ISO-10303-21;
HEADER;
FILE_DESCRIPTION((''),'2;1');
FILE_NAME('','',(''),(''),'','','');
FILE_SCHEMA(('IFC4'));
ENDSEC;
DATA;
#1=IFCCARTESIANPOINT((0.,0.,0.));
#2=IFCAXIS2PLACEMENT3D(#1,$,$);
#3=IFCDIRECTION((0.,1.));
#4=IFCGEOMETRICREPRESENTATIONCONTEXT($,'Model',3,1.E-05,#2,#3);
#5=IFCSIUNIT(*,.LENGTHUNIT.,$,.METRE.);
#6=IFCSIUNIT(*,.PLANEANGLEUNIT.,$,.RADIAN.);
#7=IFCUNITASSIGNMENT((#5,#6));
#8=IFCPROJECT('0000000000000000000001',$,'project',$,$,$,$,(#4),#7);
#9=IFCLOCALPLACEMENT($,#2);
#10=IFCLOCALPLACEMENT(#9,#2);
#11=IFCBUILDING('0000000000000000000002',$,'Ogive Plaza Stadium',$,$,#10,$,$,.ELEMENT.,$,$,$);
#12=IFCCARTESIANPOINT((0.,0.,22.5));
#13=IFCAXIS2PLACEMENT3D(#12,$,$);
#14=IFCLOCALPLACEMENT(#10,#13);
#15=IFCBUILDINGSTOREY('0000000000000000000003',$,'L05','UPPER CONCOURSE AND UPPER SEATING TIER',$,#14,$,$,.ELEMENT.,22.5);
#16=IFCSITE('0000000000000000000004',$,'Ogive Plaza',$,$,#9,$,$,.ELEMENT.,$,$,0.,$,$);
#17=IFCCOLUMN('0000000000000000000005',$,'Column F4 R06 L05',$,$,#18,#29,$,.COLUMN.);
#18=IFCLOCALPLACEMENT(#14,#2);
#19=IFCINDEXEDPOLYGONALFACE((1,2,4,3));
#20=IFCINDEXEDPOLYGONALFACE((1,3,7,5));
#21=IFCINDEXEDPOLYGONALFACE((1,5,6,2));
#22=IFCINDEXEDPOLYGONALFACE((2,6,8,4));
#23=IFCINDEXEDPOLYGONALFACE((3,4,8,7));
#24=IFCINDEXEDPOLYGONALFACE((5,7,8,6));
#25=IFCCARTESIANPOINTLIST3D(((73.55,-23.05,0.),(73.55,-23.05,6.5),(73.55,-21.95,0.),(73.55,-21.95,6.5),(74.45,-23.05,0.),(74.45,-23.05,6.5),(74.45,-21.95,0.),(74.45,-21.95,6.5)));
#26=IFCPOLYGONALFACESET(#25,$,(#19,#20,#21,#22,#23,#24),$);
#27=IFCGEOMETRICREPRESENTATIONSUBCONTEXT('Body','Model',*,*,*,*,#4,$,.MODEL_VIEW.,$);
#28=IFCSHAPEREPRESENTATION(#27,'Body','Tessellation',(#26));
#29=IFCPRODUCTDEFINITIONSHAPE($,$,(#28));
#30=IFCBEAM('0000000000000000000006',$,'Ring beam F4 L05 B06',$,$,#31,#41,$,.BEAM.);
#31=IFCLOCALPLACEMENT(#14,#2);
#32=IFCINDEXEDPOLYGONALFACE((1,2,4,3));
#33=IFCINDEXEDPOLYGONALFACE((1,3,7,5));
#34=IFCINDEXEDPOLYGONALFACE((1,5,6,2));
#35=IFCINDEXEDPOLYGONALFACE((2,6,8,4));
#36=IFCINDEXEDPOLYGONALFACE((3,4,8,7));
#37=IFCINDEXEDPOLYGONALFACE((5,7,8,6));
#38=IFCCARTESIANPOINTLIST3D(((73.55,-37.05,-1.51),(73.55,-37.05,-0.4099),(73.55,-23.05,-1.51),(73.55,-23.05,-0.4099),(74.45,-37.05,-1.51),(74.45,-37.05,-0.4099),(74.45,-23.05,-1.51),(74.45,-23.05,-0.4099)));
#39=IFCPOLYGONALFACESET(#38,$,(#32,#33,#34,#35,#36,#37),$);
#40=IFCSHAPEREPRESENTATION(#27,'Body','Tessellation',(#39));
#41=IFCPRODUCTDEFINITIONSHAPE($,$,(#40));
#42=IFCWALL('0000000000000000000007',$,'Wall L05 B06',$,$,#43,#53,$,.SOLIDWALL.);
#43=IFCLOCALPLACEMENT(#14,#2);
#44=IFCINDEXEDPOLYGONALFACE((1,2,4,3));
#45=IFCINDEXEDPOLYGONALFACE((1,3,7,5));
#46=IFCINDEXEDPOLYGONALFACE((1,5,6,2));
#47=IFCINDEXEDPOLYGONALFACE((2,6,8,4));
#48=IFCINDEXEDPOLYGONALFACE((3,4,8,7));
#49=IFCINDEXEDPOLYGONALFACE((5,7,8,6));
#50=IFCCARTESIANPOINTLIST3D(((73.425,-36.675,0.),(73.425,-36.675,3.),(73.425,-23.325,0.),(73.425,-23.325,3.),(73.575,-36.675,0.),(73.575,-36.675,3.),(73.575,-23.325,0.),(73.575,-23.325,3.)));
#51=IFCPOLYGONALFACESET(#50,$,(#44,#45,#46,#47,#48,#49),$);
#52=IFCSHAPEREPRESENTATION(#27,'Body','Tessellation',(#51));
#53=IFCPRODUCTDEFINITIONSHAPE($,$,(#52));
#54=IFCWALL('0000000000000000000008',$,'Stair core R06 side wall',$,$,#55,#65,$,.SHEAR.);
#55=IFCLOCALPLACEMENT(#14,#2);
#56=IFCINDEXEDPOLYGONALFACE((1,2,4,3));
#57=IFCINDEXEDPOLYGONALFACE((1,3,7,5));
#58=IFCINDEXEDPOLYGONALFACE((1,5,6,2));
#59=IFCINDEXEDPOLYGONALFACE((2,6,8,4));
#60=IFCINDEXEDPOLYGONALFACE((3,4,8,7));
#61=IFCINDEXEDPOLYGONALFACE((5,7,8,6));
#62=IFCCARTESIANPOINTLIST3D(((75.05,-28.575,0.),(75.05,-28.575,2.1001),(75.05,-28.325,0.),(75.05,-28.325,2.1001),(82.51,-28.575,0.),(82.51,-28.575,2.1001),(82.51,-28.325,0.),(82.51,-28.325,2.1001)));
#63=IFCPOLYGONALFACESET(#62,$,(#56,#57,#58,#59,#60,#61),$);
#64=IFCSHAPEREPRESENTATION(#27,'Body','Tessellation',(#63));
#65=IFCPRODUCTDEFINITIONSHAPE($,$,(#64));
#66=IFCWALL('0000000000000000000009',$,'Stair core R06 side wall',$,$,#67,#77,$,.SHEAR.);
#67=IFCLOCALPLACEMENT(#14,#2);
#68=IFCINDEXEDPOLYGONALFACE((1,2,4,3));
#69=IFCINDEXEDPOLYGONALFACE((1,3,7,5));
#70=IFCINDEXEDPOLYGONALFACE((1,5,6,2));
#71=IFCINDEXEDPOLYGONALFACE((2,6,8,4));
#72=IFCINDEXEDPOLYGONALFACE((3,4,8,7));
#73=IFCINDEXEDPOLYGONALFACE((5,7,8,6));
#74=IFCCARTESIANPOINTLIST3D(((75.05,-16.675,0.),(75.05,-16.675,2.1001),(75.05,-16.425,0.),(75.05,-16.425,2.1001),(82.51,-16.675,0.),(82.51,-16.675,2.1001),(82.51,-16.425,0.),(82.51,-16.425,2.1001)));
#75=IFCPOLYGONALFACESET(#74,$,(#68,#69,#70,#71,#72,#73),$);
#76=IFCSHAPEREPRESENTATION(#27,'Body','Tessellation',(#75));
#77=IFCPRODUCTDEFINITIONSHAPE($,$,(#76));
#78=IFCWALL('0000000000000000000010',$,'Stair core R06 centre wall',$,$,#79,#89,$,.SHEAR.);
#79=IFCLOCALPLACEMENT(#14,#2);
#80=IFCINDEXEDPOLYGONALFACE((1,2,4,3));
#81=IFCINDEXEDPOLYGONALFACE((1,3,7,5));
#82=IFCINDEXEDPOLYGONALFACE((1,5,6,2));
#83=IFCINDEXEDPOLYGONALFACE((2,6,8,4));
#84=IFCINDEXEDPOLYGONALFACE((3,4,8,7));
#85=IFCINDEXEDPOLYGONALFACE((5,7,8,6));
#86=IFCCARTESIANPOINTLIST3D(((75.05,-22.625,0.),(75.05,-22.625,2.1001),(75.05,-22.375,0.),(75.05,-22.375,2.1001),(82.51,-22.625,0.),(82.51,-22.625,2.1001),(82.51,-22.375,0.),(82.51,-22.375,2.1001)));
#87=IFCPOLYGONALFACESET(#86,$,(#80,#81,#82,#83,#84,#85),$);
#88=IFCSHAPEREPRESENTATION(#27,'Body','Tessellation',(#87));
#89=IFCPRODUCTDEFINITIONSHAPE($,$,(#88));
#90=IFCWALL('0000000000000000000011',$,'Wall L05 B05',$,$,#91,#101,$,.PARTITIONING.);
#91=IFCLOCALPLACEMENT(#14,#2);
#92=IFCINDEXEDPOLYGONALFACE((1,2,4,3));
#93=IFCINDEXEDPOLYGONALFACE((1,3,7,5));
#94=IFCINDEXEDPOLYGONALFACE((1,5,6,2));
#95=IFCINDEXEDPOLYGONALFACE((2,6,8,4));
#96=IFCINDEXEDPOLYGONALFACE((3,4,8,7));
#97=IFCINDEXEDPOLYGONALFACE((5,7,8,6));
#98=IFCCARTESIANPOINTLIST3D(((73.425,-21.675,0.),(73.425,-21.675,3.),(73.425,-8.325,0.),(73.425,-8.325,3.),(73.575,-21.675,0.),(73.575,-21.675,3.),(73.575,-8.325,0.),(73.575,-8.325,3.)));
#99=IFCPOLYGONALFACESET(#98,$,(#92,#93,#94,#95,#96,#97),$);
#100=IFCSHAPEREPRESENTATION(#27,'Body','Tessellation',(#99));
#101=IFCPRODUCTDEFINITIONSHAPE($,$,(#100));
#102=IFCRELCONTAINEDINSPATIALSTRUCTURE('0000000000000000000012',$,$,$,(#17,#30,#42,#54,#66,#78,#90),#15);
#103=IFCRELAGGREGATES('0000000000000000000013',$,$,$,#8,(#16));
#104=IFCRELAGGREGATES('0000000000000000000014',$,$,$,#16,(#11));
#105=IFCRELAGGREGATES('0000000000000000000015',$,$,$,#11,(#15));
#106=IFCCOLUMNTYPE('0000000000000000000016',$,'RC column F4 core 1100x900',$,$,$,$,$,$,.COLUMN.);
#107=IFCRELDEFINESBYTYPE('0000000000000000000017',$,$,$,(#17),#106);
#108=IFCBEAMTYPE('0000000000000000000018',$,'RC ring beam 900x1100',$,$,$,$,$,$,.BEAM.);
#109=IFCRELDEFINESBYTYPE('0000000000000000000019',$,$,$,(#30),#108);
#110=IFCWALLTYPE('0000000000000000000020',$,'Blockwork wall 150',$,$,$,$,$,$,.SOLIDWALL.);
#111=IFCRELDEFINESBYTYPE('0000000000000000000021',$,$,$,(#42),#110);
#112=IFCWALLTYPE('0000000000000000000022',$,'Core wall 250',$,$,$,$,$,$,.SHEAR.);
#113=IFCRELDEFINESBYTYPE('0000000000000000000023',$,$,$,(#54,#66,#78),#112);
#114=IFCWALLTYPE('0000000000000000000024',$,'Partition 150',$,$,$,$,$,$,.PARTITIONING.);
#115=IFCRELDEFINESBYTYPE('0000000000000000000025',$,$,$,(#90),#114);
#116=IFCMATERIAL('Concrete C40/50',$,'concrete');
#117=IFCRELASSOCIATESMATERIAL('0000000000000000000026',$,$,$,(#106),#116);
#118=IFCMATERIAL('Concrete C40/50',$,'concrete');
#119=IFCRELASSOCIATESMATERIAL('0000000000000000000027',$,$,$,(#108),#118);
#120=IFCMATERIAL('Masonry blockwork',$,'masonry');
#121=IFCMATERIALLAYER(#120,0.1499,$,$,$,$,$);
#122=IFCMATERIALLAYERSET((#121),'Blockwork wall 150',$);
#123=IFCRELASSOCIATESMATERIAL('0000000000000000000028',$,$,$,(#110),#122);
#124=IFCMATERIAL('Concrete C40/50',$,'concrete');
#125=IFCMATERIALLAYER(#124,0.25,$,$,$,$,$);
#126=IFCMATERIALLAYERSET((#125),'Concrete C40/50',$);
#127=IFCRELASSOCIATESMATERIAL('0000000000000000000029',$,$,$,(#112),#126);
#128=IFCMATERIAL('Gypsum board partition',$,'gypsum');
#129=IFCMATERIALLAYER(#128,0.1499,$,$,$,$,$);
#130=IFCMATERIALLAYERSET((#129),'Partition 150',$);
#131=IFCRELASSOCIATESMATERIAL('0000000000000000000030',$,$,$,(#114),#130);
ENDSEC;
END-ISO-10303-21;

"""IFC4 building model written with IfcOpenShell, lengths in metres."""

from ifc_helpers import new_model, si_unit, direction, frame, frame_2d, origin, origin_2d, place, context, subcontext, project, spatial, rectangle, extrude, material, layer, layer_set, material_profile, profile_set, type_object, element, save


model = new_model("IFC4")

# Units and contexts
model_context = context("Model", 3, precision=1e-05, world=origin(), true_north=direction((0.0, 1.0)))
body_context = subcontext(model_context, "Body", "Model", "MODEL_VIEW")
ifc_project = project(units=[si_unit("LENGTHUNIT", "METRE"), si_unit("PLANEANGLEUNIT", "RADIAN")], contexts=[model_context])

# Site, building, storey
site_placement = place(None, origin())
site = spatial("IfcSite", under=ifc_project, at=site_placement, Name="Ogive Plaza", CompositionType="ELEMENT", RefElevation=0.0)
building_placement = place(site_placement, origin())
building = spatial("IfcBuilding", under=site, at=building_placement, Name="Ogive Plaza Stadium", CompositionType="ELEMENT")
storey_placement = place(building_placement, frame((0.0, 0.0, 22.5)))
storey = spatial("IfcBuildingStorey", under=building, at=storey_placement, Name="L05", Description="UPPER CONCOURSE AND UPPER SEATING TIER", CompositionType="ELEMENT", Elevation=22.5)

# Column
ifc_material_1 = material(Name="Concrete C40/50", Category="concrete")
ifc_material_profile_1 = material_profile(ifc_material_1, rectangle(XDim=1.1001, YDim=0.8999, at=origin_2d()), Name="RC 1100x900")
ifc_profile_set_1 = profile_set([ifc_material_profile_1], Name="Concrete C40/50")
column_type = type_object("IfcColumnType", Name="RC column F4 core 1100x900", PredefinedType="COLUMN", material=ifc_profile_set_1)
column_placement = place(storey_placement, frame((74.0, -22.5, 0.0), z_axis=(0.0, 0.0, 1.0), x_axis=(0.0, 1.0, 0.0)))
element("IfcColumn", 1, at=column_placement, inside=storey, type_object=column_type, Name="Column F4 R06 L05", PredefinedType="COLUMN", context=body_context, shape_type="SweptSolid", body=[
    extrude(rectangle(XDim=1.1001, YDim=0.8999, at=origin_2d()), origin(), (0.0, 0.0, 1.0), 6.5),
])

# Beam
ifc_material_2 = material(Name="Concrete C40/50", Category="concrete")
ifc_material_profile_2 = material_profile(ifc_material_2, rectangle(XDim=0.8999, YDim=1.1001, at=origin_2d()), Name="RC 900x1100")
ifc_profile_set_2 = profile_set([ifc_material_profile_2], Name="Concrete C40/50")
beam_type = type_object("IfcBeamType", Name="RC ring beam 900x1100", PredefinedType="BEAM", material=ifc_profile_set_2)
beam_placement = place(storey_placement, frame((74.0, -23.05, -0.96), z_axis=(0.0, -1.0, 0.0), x_axis=(1.0, 0.0, 0.0)))
element("IfcBeam", 2, at=beam_placement, inside=storey, type_object=beam_type, Name="Ring beam F4 L05 B06", PredefinedType="BEAM", context=body_context, shape_type="SweptSolid", body=[
    extrude(rectangle(XDim=0.8999, YDim=1.1001, at=origin_2d()), origin(), (0.0, 0.0, 1.0), 14.0),
])

# Wall
ifc_material_3 = material(Name="Masonry blockwork", Category="masonry")
ifc_layer_1 = layer(ifc_material_3, 0.1499)
ifc_layer_set_1 = layer_set([ifc_layer_1], Name="Blockwork wall 150")
wall_type_1 = type_object("IfcWallType", Name="Blockwork wall 150", PredefinedType="SOLIDWALL", material=ifc_layer_set_1)
wall_1_placement = place(storey_placement, frame((73.5, -23.325, 0.0), z_axis=(0.0, 0.0, 1.0), x_axis=(0.0, -1.0, 0.0)))
element("IfcWall", 3, at=wall_1_placement, inside=storey, type_object=wall_type_1, Name="Wall L05 B06", PredefinedType="SOLIDWALL", context=body_context, shape_type="SweptSolid", body=[
    extrude(rectangle(XDim=13.3501, YDim=0.1499, at=frame_2d((6.675, 0.0))), origin(), (0.0, 0.0, 1.0), 3.0),
])

# Shared definitions
ifc_material_4 = material(Name="Concrete C40/50", Category="concrete")
ifc_layer_2 = layer(ifc_material_4, 0.25)
ifc_layer_set_2 = layer_set([ifc_layer_2], Name="Concrete C40/50")
wall_type_2 = type_object("IfcWallType", Name="Core wall 250", PredefinedType="SHEAR", material=ifc_layer_set_2)

# Walls
for number, where, z_axis, x_axis, name in (
    (4, (75.05, -28.45, 0.0), (0.0, 0.0, 1.0), (1.0, 0.0, 0.0), "Stair core R06 side wall"),
    (5, (75.05, -16.55, 0.0), (0.0, 0.0, 1.0), (1.0, 0.0, 0.0), "Stair core R06 side wall"),
    (6, (75.05, -22.5, 0.0), (0.0, 0.0, 1.0), (1.0, 0.0, 0.0), "Stair core R06 centre wall"),
):
    element("IfcWall", number, at=place(storey_placement, frame(where, z_axis=z_axis, x_axis=x_axis)), inside=storey, type_object=wall_type_2, Name=name, PredefinedType="SHEAR", context=body_context, shape_type="SweptSolid", body=[
        extrude(rectangle(XDim=7.46, YDim=0.25, at=frame_2d((3.73, 0.0))), origin(), (0.0, 0.0, 1.0), 2.1001),
    ])
ifc_material_5 = material(Name="Gypsum board partition", Category="gypsum")
ifc_layer_3 = layer(ifc_material_5, 0.1499)
ifc_layer_set_3 = layer_set([ifc_layer_3], Name="Partition 150")
wall_type_3 = type_object("IfcWallType", Name="Partition 150", PredefinedType="PARTITIONING", material=ifc_layer_set_3)
wall_2_placement = place(storey_placement, frame((73.5, -21.675, 0.0), z_axis=(0.0, 0.0, 1.0), x_axis=(0.0, 1.0, 0.0)))
element("IfcWall", 7, at=wall_2_placement, inside=storey, type_object=wall_type_3, Name="Wall L05 B05", PredefinedType="PARTITIONING", context=body_context, shape_type="SweptSolid", body=[
    extrude(rectangle(XDim=13.3501, YDim=0.1499, at=frame_2d((6.675, 0.0))), origin(), (0.0, 0.0, 1.0), 3.0),
])

save(model, "model.ifc")
